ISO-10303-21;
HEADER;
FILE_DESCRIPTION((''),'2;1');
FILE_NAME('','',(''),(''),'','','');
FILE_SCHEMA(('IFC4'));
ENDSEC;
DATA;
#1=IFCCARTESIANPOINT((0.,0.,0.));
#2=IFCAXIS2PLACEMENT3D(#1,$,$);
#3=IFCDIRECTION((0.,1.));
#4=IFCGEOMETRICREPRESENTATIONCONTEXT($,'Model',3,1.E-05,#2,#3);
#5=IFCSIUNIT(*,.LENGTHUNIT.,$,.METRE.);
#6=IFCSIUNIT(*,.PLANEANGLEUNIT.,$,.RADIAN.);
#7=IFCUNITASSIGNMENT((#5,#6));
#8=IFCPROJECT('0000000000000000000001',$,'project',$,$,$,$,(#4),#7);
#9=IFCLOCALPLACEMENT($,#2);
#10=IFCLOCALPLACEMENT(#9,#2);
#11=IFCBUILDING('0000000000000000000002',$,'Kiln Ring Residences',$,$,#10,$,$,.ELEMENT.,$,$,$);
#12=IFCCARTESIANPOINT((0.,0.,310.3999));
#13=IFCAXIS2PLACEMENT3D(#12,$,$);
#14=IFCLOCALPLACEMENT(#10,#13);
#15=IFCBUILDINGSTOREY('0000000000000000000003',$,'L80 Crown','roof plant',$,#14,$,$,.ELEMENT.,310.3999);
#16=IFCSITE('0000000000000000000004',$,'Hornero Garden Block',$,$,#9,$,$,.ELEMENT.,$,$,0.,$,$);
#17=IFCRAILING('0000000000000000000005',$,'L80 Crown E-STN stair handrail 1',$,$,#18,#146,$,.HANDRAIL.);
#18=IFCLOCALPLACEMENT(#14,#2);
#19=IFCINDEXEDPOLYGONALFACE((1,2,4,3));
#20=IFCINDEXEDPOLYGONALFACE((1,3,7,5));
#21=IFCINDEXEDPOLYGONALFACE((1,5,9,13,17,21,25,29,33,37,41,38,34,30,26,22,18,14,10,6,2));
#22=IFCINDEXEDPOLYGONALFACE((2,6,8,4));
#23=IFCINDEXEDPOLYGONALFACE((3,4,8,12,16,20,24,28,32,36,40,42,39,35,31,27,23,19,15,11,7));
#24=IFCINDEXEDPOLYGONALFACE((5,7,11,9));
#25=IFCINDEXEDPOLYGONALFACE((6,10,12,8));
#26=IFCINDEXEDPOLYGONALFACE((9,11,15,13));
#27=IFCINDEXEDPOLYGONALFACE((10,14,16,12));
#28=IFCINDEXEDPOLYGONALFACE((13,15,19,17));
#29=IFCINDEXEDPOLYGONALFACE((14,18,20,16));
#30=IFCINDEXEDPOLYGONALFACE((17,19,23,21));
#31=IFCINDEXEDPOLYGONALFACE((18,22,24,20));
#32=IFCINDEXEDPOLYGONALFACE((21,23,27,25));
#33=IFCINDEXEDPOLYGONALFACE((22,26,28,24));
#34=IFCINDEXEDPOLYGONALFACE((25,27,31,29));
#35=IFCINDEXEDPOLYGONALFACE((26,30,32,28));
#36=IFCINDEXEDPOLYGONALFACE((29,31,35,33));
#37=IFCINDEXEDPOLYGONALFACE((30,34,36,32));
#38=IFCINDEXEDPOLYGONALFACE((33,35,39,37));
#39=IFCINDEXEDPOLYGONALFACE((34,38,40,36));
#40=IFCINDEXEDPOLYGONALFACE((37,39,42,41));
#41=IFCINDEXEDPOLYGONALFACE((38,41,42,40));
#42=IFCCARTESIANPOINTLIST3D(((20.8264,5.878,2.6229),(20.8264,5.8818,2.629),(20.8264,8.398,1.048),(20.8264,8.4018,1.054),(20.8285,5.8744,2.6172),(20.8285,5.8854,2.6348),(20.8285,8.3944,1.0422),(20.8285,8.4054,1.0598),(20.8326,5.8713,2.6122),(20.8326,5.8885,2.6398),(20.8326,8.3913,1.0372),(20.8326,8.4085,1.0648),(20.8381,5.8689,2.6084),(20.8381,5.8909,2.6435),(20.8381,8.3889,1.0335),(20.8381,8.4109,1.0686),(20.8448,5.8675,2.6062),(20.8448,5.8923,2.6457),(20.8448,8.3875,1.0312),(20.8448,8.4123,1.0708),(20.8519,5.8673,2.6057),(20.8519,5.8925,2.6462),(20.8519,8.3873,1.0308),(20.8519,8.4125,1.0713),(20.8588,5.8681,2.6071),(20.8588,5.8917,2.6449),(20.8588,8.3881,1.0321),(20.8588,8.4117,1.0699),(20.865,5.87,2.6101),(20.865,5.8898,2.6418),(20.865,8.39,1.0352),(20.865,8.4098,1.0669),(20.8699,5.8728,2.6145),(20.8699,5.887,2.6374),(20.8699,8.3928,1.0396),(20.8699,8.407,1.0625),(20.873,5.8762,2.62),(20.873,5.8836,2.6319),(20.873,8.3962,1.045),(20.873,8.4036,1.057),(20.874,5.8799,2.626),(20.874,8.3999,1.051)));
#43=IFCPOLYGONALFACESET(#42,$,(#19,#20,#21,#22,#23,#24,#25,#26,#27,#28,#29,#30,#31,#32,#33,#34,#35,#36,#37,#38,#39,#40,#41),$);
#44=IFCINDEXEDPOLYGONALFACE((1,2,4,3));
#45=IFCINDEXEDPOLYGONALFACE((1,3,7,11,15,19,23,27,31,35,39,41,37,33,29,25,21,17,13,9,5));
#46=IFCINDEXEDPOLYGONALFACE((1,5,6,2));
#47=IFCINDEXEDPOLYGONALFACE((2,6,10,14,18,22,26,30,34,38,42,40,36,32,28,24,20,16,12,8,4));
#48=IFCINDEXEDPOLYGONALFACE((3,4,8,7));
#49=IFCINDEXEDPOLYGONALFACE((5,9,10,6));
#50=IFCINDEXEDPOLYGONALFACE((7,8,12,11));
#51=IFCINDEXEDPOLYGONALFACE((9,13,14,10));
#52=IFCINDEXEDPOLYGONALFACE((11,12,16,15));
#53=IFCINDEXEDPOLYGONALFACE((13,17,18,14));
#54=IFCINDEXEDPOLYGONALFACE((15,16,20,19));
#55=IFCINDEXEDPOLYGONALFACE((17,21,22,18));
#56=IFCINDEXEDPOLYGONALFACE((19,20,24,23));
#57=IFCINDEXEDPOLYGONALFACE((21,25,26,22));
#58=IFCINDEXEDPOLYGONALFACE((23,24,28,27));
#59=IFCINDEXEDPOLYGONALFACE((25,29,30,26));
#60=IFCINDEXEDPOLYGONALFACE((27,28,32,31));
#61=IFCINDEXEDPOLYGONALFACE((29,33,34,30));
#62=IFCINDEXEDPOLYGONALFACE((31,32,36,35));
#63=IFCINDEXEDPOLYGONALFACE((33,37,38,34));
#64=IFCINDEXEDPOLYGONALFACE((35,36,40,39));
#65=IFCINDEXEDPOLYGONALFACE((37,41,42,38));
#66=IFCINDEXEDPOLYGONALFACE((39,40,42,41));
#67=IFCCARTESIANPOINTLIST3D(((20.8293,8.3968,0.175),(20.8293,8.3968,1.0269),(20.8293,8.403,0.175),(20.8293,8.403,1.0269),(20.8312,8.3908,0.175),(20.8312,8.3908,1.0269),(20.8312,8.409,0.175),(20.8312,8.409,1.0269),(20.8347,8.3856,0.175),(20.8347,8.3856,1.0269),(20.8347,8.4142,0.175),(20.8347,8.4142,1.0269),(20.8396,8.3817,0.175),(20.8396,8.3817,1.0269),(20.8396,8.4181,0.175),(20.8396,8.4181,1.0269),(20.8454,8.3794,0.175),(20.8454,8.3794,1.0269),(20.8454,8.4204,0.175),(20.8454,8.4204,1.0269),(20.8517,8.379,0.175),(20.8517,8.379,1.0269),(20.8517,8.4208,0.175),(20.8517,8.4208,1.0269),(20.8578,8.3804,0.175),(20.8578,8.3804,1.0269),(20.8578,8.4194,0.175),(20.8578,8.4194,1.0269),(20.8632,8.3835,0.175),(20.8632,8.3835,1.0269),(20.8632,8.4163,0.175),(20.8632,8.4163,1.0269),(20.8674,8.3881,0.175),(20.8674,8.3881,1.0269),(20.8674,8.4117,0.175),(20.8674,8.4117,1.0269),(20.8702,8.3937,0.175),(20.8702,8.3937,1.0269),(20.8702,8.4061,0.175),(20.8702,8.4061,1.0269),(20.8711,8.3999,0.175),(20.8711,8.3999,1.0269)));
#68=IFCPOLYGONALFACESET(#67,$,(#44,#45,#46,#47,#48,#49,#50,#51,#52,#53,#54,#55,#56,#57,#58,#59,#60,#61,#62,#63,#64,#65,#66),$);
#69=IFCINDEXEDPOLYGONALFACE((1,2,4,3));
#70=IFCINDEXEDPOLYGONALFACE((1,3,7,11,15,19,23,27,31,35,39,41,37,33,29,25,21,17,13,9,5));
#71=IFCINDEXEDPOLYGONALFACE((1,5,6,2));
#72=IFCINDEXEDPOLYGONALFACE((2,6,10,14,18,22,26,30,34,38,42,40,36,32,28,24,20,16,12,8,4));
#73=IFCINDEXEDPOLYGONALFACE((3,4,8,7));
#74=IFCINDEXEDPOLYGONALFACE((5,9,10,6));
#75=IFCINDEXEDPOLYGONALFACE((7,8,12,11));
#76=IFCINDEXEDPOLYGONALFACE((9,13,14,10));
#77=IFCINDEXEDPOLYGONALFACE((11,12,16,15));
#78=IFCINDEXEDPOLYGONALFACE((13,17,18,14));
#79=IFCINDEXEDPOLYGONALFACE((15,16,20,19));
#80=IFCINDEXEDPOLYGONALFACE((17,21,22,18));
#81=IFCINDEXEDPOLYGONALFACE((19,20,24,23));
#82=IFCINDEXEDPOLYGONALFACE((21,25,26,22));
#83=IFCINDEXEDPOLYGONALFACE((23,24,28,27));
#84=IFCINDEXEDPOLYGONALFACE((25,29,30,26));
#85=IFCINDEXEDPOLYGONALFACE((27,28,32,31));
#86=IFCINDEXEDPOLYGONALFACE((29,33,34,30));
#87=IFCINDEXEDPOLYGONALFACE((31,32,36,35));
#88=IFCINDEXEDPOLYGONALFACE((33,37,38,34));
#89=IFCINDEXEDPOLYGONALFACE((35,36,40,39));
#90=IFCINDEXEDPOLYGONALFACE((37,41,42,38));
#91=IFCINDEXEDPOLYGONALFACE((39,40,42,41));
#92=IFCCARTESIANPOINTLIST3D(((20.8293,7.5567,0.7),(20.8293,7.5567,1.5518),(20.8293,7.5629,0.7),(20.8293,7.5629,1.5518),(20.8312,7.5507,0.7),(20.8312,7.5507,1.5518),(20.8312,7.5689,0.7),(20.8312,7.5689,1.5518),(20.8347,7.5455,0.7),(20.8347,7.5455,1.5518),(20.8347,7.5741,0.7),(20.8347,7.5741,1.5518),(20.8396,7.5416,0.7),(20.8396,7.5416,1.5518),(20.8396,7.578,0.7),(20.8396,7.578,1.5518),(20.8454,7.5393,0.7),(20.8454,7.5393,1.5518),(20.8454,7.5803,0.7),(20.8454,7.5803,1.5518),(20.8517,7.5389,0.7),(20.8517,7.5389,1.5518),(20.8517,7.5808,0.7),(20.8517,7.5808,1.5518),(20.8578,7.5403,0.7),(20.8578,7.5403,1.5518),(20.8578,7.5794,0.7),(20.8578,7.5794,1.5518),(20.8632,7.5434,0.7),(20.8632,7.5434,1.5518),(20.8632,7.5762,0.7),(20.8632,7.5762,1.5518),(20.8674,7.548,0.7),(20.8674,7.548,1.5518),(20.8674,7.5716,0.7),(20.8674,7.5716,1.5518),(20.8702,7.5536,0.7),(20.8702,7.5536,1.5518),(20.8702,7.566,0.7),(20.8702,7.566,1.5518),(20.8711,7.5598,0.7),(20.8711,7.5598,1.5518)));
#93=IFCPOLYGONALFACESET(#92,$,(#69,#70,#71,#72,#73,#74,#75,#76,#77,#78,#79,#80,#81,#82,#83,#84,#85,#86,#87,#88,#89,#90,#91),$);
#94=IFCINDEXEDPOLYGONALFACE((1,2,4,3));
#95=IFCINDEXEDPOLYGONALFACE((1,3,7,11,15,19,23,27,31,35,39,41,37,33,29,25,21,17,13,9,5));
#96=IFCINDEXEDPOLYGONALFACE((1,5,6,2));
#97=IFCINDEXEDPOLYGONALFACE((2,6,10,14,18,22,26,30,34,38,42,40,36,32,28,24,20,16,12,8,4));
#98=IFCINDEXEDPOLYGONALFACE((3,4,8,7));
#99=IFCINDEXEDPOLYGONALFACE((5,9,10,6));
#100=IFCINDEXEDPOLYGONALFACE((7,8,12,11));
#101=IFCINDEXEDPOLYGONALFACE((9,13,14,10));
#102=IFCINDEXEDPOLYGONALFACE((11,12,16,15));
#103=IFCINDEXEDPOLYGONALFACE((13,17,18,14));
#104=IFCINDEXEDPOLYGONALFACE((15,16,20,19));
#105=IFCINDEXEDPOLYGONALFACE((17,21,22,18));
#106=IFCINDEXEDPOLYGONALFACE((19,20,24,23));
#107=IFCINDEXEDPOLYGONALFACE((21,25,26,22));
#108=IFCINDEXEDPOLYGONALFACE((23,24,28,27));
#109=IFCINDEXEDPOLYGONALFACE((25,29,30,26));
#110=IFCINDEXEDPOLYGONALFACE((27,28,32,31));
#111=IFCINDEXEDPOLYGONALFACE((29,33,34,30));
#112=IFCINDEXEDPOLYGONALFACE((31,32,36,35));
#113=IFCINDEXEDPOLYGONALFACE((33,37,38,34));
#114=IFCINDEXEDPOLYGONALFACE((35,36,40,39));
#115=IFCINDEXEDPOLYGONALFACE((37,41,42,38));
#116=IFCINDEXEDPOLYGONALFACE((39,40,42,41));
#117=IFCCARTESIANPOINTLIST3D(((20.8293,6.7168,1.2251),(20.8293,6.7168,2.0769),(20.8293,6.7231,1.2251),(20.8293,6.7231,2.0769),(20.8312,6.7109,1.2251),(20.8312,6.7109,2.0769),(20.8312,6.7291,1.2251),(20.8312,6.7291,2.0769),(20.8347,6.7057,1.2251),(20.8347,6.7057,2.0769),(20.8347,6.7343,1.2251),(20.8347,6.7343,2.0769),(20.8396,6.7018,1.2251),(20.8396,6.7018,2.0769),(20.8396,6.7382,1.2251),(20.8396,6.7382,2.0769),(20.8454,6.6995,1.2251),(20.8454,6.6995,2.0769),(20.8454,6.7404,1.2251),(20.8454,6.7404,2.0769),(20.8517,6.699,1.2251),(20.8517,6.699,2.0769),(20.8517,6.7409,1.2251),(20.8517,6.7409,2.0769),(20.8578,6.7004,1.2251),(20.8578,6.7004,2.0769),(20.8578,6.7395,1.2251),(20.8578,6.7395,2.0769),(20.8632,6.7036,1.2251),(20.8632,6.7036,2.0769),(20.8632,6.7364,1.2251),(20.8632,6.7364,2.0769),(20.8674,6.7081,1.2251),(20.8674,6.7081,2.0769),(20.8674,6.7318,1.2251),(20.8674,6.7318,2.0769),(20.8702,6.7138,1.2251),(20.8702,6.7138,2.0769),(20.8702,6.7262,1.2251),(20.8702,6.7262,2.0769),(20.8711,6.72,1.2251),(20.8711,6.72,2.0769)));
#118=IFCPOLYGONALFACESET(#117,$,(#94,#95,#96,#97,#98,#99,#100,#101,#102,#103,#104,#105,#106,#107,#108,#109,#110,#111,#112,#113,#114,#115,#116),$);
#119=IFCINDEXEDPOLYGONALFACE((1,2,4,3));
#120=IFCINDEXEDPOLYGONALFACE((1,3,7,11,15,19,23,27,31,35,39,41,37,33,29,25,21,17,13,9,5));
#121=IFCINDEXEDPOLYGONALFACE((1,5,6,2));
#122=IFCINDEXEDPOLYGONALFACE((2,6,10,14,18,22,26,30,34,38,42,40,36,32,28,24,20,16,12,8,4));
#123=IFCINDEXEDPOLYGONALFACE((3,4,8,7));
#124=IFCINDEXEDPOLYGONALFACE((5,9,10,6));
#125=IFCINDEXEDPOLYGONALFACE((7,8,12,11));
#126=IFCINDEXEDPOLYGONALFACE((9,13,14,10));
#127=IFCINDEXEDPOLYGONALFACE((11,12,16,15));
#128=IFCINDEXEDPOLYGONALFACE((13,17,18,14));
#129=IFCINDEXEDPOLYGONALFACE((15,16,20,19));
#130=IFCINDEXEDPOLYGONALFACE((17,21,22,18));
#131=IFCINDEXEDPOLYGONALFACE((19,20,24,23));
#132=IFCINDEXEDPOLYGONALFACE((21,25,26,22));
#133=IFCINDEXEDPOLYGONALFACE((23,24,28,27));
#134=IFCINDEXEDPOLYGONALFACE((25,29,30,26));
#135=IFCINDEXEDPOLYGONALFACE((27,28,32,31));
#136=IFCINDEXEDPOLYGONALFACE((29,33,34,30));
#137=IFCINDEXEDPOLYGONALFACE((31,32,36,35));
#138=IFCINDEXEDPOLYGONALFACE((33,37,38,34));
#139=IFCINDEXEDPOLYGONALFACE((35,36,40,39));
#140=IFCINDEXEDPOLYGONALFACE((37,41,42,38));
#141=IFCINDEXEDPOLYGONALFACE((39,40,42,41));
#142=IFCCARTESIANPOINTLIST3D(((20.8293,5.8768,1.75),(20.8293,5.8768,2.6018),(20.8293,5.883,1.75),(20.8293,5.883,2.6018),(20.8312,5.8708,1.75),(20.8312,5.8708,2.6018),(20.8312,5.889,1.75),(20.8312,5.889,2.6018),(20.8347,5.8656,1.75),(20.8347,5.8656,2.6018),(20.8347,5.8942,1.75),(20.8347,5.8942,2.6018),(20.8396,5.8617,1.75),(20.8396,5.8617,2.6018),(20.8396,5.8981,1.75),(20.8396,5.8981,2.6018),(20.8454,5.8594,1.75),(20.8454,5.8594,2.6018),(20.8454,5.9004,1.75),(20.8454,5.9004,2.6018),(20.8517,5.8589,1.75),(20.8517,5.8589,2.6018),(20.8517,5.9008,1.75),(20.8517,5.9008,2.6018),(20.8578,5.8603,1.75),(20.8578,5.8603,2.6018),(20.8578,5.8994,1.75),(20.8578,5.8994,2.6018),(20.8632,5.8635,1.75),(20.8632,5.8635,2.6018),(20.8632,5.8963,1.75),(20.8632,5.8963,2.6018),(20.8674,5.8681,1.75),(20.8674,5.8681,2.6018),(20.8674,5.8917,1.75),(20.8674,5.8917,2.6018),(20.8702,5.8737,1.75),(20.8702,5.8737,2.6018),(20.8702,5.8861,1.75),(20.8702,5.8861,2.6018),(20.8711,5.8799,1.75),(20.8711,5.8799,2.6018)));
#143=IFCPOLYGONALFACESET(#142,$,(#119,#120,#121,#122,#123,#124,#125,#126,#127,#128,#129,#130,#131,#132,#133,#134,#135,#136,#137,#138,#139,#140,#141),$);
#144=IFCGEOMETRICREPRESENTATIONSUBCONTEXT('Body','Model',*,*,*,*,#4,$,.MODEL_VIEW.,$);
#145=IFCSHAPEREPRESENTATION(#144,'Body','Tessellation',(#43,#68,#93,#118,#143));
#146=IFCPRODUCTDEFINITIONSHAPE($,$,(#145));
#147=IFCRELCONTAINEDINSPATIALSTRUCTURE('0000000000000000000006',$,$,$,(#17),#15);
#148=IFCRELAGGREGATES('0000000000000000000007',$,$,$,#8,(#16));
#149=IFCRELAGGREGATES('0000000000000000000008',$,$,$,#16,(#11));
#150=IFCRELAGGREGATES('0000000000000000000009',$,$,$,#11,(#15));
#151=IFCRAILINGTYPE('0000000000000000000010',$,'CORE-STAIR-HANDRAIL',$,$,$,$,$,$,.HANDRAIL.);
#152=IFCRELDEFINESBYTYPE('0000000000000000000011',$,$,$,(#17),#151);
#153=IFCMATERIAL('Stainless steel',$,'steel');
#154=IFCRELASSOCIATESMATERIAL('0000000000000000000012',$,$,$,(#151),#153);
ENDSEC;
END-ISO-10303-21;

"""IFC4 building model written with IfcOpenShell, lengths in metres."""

from ifc_helpers import new_model, si_unit, direction, frame, origin, origin_2d, place, context, subcontext, project, spatial, circle, extrude, material, type_object, element, save


model = new_model("IFC4")

# Units and contexts
model_context = context("Model", 3, precision=1e-05, world=origin(), true_north=direction((0.0, 1.0)))
body_context = subcontext(model_context, "Body", "Model", "MODEL_VIEW")
ifc_project = project(units=[si_unit("LENGTHUNIT", "METRE"), si_unit("PLANEANGLEUNIT", "RADIAN")], contexts=[model_context])

# Site, building, storey
site_placement = place(None, origin())
site = spatial("IfcSite", under=ifc_project, at=site_placement, Name="Hornero Garden Block", CompositionType="ELEMENT", RefElevation=0.0)
building_placement = place(site_placement, origin())
building = spatial("IfcBuilding", under=site, at=building_placement, Name="Kiln Ring Residences", CompositionType="ELEMENT")
storey_placement = place(building_placement, frame((0.0, 0.0, 310.3999)))
storey = spatial("IfcBuildingStorey", under=building, at=storey_placement, Name="L80 Crown", Description="roof plant", CompositionType="ELEMENT", Elevation=310.3999)

# Railing
ifc_material_1 = material(Name="Stainless steel", Category="steel")
railing_type_1 = type_object("IfcRailingType", Name="CORE-STAIR-HANDRAIL", PredefinedType="HANDRAIL", material=ifc_material_1)
railing_1_placement = place(storey_placement, frame((20.8501, 8.3999, 0.175)))
element("IfcRailing", 1, at=railing_1_placement, inside=storey, type_object=railing_type_1, Name="L80 Crown E-STN stair handrail 1", PredefinedType="HANDRAIL", context=body_context, shape_type="SweptSolid", body=[
    extrude(circle(Radius=0.0239, at=origin_2d()), frame((0.0, 0.0, 0.876), z_axis=(0.0, -0.848008, 0.529984), x_axis=(1.0, 0.0, 0.0)), (0.0, 0.0, 1.0), 2.9717),
    extrude(circle(Radius=0.021, at=origin_2d()), origin(), (0.0, 0.0, 1.0), 0.8518),
    extrude(circle(Radius=0.021, at=origin_2d()), frame((0.0, -0.8401, 0.5249)), (0.0, 0.0, 1.0), 0.8518),
    extrude(circle(Radius=0.021, at=origin_2d()), frame((0.0, -1.6799, 1.05)), (0.0, 0.0, 1.0), 0.8518),
    extrude(circle(Radius=0.021, at=origin_2d()), frame((0.0, -2.52, 1.575)), (0.0, 0.0, 1.0), 0.8518),
])

save(model, "model.ifc")
